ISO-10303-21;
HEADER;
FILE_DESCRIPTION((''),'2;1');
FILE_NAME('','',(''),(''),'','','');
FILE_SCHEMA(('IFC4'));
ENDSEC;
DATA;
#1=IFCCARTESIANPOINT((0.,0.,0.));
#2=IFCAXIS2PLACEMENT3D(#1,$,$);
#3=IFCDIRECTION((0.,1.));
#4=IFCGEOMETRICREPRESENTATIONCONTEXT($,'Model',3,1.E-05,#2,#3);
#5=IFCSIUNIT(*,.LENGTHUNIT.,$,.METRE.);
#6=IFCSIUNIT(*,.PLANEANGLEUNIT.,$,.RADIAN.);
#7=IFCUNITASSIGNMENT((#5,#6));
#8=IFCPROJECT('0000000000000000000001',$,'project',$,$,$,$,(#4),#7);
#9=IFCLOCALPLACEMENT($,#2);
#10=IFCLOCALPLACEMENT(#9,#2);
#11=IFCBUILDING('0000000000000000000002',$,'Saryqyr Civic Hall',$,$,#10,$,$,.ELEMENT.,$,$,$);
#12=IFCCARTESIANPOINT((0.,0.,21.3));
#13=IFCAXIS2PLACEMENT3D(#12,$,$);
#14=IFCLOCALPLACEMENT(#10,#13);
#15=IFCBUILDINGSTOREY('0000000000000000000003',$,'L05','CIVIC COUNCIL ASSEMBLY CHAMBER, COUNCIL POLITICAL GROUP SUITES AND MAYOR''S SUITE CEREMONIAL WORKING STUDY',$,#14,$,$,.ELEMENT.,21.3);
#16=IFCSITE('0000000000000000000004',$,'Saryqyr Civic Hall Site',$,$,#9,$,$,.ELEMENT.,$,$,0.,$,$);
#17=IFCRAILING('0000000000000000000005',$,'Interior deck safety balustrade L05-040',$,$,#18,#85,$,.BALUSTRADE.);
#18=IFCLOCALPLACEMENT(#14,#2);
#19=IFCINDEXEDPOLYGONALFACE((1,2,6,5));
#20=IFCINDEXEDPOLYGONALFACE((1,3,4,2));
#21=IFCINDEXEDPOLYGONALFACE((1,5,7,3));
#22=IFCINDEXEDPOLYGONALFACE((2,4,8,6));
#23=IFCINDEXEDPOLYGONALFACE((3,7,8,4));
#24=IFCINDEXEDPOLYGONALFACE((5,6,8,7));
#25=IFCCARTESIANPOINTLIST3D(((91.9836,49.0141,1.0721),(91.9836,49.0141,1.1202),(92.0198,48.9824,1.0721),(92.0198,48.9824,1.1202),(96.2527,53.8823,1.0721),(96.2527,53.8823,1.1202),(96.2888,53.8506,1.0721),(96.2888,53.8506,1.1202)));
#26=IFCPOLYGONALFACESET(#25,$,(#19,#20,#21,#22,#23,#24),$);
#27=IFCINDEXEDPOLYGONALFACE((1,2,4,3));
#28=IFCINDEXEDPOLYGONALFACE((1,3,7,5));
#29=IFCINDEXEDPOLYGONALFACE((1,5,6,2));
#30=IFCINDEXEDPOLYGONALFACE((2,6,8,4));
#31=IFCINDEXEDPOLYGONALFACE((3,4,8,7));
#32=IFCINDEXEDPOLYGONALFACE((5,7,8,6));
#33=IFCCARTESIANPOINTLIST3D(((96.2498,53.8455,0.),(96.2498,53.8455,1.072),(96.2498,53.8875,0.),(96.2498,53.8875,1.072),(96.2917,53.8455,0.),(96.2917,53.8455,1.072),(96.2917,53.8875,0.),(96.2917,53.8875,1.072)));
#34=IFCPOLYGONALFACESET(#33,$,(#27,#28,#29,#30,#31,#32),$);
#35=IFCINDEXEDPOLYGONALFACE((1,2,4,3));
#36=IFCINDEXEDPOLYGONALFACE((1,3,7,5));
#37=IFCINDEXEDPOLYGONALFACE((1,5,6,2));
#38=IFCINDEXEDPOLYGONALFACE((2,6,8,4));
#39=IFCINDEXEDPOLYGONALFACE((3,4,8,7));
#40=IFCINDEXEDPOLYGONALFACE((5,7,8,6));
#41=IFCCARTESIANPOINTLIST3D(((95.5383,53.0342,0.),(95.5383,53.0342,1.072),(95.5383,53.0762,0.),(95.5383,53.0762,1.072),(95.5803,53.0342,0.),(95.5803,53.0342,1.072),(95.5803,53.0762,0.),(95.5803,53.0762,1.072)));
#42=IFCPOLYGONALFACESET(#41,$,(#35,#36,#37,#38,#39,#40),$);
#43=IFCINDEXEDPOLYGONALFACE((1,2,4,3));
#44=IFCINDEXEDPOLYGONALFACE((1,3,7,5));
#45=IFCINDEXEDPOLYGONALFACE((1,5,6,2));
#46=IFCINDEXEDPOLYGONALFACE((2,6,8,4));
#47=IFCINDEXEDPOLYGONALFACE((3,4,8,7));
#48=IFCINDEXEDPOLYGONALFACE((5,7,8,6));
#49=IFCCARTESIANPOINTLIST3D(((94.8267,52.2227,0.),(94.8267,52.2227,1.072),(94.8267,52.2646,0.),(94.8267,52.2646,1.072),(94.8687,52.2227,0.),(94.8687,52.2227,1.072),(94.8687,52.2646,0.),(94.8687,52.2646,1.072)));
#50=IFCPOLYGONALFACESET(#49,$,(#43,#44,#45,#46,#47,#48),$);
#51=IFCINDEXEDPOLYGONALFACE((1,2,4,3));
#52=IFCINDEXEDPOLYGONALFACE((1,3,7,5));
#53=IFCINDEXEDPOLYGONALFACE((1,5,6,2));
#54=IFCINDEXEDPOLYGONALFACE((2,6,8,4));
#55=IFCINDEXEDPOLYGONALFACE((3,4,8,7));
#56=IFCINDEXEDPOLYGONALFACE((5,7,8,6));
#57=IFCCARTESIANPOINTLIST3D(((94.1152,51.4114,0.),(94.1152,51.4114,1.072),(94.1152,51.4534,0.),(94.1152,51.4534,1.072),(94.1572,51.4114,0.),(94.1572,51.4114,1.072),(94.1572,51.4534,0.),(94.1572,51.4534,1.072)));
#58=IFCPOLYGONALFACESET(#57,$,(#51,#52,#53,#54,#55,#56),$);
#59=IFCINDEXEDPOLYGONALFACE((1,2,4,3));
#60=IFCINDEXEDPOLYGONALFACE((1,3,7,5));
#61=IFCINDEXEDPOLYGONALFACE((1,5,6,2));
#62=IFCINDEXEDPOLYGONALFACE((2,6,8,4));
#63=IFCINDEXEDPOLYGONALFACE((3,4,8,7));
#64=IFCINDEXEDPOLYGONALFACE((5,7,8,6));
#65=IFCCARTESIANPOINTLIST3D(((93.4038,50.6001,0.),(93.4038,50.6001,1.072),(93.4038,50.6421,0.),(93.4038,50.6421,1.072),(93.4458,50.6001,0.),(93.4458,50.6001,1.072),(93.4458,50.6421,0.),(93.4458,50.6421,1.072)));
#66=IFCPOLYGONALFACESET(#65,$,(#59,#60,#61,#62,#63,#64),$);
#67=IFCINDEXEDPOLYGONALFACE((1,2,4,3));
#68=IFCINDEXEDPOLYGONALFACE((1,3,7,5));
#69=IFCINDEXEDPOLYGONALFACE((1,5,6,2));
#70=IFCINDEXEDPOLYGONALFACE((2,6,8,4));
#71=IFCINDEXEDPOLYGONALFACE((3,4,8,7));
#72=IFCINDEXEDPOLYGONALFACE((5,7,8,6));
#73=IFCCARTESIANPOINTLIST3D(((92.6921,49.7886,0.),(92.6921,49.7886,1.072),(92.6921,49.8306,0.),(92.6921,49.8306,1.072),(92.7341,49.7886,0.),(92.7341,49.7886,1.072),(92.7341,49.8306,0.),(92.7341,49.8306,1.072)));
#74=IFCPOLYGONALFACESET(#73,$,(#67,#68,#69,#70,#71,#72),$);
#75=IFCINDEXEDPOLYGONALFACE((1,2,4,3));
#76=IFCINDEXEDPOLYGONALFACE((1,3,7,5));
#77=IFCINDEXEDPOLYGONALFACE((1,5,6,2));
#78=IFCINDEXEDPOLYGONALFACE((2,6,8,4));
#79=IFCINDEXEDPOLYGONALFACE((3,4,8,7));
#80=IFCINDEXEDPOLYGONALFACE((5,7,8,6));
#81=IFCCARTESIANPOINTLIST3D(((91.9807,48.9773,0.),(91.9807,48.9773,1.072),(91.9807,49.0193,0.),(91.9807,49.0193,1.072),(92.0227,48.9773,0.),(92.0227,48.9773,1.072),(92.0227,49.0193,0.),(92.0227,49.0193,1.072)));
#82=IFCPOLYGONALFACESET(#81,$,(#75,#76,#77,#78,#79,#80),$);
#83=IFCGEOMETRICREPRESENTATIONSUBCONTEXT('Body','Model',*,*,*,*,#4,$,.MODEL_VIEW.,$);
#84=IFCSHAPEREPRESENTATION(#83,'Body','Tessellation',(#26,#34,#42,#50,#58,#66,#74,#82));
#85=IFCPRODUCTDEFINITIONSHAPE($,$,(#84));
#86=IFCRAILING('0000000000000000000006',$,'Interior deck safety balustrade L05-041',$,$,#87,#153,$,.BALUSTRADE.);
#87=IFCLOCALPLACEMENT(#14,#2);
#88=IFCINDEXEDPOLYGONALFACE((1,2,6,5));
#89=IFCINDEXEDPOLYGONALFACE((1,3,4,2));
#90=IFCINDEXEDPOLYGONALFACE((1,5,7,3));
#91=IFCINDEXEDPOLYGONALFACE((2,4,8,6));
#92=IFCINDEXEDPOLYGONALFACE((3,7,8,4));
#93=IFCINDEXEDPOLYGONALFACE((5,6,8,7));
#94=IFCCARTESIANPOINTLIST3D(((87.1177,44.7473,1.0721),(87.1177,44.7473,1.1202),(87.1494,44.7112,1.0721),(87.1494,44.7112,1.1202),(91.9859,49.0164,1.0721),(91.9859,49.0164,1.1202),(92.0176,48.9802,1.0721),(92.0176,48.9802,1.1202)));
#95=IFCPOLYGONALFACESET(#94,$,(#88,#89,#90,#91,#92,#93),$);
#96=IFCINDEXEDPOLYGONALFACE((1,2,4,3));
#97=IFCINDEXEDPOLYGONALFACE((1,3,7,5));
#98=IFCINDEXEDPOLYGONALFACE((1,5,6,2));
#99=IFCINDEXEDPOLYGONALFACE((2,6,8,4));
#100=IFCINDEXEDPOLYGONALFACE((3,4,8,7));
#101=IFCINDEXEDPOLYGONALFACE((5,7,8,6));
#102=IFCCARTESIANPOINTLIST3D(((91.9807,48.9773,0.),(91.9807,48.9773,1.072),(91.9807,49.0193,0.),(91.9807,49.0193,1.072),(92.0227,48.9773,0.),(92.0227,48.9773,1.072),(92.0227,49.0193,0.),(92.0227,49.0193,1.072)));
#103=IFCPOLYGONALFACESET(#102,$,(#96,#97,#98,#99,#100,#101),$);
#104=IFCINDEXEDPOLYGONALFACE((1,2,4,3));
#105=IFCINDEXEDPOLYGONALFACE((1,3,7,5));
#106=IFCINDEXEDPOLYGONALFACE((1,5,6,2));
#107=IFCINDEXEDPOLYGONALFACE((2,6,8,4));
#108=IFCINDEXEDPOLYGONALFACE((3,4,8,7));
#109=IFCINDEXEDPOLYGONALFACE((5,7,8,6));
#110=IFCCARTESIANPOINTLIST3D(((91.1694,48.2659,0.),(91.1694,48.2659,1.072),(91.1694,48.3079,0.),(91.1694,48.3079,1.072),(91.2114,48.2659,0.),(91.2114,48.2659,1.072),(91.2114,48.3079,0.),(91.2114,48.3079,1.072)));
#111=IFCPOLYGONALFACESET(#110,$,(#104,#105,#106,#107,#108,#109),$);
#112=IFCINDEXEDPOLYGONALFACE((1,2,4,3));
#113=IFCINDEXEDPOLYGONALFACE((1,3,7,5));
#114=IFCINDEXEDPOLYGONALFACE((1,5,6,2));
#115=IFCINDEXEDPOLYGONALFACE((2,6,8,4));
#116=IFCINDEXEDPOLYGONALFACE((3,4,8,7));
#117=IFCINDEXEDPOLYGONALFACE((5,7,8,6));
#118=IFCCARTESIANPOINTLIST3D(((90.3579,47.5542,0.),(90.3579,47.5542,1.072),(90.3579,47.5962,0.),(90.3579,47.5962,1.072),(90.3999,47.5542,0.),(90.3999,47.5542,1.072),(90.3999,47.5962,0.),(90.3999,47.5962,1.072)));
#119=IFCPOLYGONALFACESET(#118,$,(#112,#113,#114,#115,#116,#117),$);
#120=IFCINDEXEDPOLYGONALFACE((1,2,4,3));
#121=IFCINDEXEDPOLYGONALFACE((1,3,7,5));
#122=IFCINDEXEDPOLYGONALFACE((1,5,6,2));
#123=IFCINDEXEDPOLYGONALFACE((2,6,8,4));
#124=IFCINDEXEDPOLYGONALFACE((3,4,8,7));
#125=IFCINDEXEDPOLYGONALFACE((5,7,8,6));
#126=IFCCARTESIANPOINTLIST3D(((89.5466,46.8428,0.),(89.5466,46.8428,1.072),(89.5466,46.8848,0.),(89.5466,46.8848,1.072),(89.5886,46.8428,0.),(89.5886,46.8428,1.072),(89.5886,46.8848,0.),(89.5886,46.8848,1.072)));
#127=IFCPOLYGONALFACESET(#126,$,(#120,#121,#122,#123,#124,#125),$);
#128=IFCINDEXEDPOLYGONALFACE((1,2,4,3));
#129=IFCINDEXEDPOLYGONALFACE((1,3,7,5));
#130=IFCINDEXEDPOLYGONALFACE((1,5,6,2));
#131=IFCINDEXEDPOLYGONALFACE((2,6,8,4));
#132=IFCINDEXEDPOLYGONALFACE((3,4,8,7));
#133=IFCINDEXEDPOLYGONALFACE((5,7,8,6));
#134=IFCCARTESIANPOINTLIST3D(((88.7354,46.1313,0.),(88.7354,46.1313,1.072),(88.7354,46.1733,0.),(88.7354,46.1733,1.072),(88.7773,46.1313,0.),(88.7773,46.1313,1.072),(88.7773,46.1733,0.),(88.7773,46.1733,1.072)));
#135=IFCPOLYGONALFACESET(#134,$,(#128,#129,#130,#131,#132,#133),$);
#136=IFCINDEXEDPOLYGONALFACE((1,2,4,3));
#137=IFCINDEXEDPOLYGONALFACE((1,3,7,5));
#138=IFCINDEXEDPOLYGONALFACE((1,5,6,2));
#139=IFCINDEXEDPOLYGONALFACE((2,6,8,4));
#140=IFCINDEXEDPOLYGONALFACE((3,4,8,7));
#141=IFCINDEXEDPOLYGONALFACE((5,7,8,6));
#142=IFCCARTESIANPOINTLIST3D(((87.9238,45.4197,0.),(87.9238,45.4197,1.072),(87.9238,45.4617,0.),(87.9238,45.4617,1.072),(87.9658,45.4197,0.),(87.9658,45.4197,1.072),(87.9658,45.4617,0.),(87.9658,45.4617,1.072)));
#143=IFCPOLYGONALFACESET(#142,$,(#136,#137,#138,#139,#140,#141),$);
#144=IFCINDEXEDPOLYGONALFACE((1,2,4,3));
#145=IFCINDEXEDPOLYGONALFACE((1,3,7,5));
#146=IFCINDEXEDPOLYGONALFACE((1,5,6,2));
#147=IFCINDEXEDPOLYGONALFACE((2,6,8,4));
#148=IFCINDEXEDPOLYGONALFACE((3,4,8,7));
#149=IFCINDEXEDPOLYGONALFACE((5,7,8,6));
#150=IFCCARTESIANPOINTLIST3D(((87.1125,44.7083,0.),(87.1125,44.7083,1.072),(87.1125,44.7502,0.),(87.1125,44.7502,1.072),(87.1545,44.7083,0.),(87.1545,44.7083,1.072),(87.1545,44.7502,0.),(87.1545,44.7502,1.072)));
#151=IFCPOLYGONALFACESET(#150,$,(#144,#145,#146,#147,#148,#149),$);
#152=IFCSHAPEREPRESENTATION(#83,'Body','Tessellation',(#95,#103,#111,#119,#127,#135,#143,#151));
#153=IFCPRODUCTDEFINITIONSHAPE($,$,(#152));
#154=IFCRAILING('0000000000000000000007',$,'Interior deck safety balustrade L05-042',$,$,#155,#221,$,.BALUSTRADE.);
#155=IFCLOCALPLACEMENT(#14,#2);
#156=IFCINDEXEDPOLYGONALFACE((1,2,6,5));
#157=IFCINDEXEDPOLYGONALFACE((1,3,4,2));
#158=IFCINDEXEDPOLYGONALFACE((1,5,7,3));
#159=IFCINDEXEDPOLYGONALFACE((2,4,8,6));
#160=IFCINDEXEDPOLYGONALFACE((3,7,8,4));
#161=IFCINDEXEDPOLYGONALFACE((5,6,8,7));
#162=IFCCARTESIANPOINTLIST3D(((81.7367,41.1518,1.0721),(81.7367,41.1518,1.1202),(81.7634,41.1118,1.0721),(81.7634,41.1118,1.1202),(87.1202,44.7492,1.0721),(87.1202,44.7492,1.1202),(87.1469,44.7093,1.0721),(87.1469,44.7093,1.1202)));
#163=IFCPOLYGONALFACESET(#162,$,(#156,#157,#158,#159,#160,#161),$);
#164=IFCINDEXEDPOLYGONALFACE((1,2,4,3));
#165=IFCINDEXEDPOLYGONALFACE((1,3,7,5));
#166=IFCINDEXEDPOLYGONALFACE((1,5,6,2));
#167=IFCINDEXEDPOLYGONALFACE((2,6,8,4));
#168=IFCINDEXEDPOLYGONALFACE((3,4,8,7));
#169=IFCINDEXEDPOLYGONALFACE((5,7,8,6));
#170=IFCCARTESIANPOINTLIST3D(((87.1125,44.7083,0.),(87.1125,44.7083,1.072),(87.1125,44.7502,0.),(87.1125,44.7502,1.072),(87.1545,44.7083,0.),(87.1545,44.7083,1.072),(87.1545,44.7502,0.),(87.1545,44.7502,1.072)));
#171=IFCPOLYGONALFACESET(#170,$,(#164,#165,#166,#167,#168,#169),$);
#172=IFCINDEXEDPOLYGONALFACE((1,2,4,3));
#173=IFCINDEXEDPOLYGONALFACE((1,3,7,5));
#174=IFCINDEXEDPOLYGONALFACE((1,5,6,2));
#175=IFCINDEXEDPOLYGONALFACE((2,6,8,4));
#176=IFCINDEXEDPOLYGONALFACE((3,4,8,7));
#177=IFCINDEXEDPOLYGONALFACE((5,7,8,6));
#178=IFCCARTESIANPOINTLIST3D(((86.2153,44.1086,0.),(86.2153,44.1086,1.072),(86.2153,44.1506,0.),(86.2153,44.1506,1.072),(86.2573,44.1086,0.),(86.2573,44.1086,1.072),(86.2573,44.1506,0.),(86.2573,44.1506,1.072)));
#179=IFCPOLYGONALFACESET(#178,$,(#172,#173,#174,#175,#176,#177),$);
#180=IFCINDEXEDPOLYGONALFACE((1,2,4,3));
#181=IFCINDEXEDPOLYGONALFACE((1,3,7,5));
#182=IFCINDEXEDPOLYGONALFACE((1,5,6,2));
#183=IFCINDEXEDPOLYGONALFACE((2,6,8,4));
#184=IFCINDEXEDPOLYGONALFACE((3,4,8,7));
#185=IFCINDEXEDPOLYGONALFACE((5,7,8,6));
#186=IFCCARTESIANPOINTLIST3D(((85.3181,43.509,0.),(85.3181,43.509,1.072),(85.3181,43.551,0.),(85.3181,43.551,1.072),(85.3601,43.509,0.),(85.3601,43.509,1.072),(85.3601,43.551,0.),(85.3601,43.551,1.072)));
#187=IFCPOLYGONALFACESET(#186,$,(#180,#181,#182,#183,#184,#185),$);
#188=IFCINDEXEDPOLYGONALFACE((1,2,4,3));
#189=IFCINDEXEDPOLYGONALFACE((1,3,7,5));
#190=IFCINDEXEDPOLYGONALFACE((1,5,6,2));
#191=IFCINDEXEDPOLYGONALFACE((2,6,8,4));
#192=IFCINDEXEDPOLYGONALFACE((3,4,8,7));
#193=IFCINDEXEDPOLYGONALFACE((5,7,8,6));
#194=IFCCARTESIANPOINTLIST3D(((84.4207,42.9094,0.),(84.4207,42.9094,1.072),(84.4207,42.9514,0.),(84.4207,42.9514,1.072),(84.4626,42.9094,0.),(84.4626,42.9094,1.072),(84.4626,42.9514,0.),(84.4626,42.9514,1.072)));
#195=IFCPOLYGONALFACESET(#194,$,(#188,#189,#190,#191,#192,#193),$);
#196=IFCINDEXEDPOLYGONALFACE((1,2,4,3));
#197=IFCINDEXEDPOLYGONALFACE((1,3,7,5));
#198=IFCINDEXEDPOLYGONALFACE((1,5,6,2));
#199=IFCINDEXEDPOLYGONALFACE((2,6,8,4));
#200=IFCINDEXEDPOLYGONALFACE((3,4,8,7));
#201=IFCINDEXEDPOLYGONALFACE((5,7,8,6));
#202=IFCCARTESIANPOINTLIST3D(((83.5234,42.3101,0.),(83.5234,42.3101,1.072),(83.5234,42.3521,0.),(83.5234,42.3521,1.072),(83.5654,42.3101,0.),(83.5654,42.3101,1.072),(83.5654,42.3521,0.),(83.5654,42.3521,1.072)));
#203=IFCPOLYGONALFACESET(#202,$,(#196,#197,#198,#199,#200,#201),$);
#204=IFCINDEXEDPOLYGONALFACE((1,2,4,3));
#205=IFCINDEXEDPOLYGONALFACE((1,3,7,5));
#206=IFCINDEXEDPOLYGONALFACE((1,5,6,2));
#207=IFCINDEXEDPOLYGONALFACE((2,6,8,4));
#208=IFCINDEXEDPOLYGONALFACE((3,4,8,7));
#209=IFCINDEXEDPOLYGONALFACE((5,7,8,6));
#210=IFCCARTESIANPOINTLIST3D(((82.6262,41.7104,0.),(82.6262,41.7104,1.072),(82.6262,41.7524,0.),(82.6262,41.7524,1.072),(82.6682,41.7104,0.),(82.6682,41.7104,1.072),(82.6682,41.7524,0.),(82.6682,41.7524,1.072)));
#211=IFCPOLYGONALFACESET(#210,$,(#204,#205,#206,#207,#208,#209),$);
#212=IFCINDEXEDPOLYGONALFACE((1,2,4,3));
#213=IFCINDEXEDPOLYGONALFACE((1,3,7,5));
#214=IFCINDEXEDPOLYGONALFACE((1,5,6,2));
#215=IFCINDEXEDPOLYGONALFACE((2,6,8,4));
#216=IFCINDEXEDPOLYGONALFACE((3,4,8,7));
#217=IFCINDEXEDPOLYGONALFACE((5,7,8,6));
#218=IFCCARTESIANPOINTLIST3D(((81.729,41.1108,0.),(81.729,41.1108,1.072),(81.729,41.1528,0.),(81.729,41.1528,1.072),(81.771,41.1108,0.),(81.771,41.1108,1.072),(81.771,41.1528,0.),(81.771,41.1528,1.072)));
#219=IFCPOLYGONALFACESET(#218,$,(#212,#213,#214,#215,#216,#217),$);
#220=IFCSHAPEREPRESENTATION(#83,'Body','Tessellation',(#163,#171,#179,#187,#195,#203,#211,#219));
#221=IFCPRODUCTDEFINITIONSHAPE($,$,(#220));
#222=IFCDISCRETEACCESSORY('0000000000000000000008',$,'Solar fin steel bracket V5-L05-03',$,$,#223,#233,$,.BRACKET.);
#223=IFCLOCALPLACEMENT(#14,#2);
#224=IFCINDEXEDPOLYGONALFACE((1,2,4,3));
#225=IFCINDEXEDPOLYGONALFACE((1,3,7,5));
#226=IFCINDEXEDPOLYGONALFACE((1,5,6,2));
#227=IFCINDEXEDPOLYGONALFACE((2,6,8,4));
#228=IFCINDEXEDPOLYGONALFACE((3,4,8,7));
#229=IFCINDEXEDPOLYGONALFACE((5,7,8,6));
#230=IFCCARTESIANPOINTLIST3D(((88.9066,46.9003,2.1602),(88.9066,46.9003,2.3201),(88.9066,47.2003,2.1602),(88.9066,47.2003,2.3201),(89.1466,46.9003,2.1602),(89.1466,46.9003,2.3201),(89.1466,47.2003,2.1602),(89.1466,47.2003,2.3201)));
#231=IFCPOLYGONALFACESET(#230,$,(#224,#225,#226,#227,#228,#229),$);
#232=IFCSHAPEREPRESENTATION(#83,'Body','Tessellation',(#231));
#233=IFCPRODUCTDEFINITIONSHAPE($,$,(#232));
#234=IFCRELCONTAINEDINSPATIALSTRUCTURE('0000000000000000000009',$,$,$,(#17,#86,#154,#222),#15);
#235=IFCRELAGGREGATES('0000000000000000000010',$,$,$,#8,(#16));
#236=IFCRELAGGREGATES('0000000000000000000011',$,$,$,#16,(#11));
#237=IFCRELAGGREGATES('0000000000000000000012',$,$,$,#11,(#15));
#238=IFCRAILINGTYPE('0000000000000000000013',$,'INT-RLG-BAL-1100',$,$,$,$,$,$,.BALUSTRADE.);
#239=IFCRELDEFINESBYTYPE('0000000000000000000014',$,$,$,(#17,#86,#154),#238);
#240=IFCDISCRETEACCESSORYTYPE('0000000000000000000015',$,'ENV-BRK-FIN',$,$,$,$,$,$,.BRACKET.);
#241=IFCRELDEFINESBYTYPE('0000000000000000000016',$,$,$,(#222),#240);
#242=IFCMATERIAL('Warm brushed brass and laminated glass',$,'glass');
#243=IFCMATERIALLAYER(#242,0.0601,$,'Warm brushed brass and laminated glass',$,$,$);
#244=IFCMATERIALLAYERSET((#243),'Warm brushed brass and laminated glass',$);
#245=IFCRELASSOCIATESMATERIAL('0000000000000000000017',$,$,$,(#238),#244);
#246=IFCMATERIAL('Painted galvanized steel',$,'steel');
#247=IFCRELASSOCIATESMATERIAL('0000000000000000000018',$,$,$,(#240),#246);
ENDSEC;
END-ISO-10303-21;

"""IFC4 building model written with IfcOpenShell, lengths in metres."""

from ifc_helpers import new_model, si_unit, direction, frame, origin, origin_2d, place, context, subcontext, project, spatial, rectangle, extrude, material, layer, layer_set, type_object, element, save


model = new_model("IFC4")

# Units and contexts
model_context = context("Model", 3, precision=1e-05, world=origin(), true_north=direction((0.0, 1.0)))
body_context = subcontext(model_context, "Body", "Model", "MODEL_VIEW")
ifc_project = project(units=[si_unit("LENGTHUNIT", "METRE"), si_unit("PLANEANGLEUNIT", "RADIAN")], contexts=[model_context])

# Site, building, storey
site_placement = place(None, origin())
site = spatial("IfcSite", under=ifc_project, at=site_placement, Name="Saryqyr Civic Hall Site", CompositionType="ELEMENT", RefElevation=0.0)
building_placement = place(site_placement, origin())
building = spatial("IfcBuilding", under=site, at=building_placement, Name="Saryqyr Civic Hall", CompositionType="ELEMENT")
storey_placement = place(building_placement, frame((0.0, 0.0, 21.3)))
storey = spatial("IfcBuildingStorey", under=building, at=storey_placement, Name="L05", Description="CIVIC COUNCIL ASSEMBLY CHAMBER, COUNCIL POLITICAL GROUP SUITES AND MAYOR'S SUITE CEREMONIAL WORKING STUDY", CompositionType="ELEMENT", Elevation=21.3)

# Railings
ifc_material_1 = material(Name="Warm brushed brass and laminated glass", Category="glass")
ifc_layer_1 = layer(ifc_material_1, 0.0601, Name="Warm brushed brass and laminated glass")
ifc_layer_set_1 = layer_set([ifc_layer_1], Name="Warm brushed brass and laminated glass")
railing_type = type_object("IfcRailingType", Name="INT-RLG-BAL-1100", PredefinedType="BALUSTRADE", material=ifc_layer_set_1)
railing_1_placement = place(storey_placement, frame((96.2708, 53.8665, 0.0)))
element("IfcRailing", 1, at=railing_1_placement, inside=storey, type_object=railing_type, Name="Interior deck safety balustrade L05-040", PredefinedType="BALUSTRADE", context=body_context, shape_type="SweptSolid", body=[
    extrude(rectangle(XDim=0.0481, YDim=0.0481, at=origin_2d()), frame((0.0, 0.0, 1.0962), z_axis=(-0.659326, -0.751857, 0.0), x_axis=(0.751857, -0.659326, 0.0)), (0.0, 0.0, 1.0), 6.4749),
    extrude(rectangle(XDim=0.042, YDim=0.042, at=origin_2d()), origin(), (0.0, 0.0, 1.0), 1.072),
    extrude(rectangle(XDim=0.042, YDim=0.042, at=origin_2d()), frame((-0.7114, -0.8113, 0.0)), (0.0, 0.0, 1.0), 1.072),
    extrude(rectangle(XDim=0.042, YDim=0.042, at=origin_2d()), frame((-1.4231, -1.6228, 0.0)), (0.0, 0.0, 1.0), 1.072),
    extrude(rectangle(XDim=0.042, YDim=0.042, at=origin_2d()), frame((-2.1345, -2.4341, 0.0)), (0.0, 0.0, 1.0), 1.072),
    extrude(rectangle(XDim=0.042, YDim=0.042, at=origin_2d()), frame((-2.8459, -3.2454, 0.0)), (0.0, 0.0, 1.0), 1.072),
    extrude(rectangle(XDim=0.042, YDim=0.042, at=origin_2d()), frame((-3.5576, -4.0569, 0.0)), (0.0, 0.0, 1.0), 1.072),
    extrude(rectangle(XDim=0.042, YDim=0.042, at=origin_2d()), frame((-4.269, -4.8682, 0.0)), (0.0, 0.0, 1.0), 1.072),
])
railing_2_placement = place(storey_placement, frame((92.0017, 48.9983, 0.0)))
element("IfcRailing", 2, at=railing_2_placement, inside=storey, type_object=railing_type, Name="Interior deck safety balustrade L05-041", PredefinedType="BALUSTRADE", context=body_context, shape_type="SweptSolid", body=[
    extrude(rectangle(XDim=0.0481, YDim=0.0481, at=origin_2d()), frame((0.0, 0.0, 1.0962), z_axis=(-0.751857, -0.659326, 0.0), x_axis=(0.659326, -0.751857, 0.0)), (0.0, 0.0, 1.0), 6.4749),
    extrude(rectangle(XDim=0.042, YDim=0.042, at=origin_2d()), origin(), (0.0, 0.0, 1.0), 1.072),
    extrude(rectangle(XDim=0.042, YDim=0.042, at=origin_2d()), frame((-0.8113, -0.7114, 0.0)), (0.0, 0.0, 1.0), 1.072),
    extrude(rectangle(XDim=0.042, YDim=0.042, at=origin_2d()), frame((-1.6228, -1.4231, 0.0)), (0.0, 0.0, 1.0), 1.072),
    extrude(rectangle(XDim=0.042, YDim=0.042, at=origin_2d()), frame((-2.4341, -2.1345, 0.0)), (0.0, 0.0, 1.0), 1.072),
    extrude(rectangle(XDim=0.042, YDim=0.042, at=origin_2d()), frame((-3.2454, -2.8459, 0.0)), (0.0, 0.0, 1.0), 1.072),
    extrude(rectangle(XDim=0.042, YDim=0.042, at=origin_2d()), frame((-4.0569, -3.5576, 0.0)), (0.0, 0.0, 1.0), 1.072),
    extrude(rectangle(XDim=0.042, YDim=0.042, at=origin_2d()), frame((-4.8682, -4.269, 0.0)), (0.0, 0.0, 1.0), 1.072),
])
railing_3_placement = place(storey_placement, frame((87.1335, 44.7292, 0.0)))
element("IfcRailing", 3, at=railing_3_placement, inside=storey, type_object=railing_type, Name="Interior deck safety balustrade L05-042", PredefinedType="BALUSTRADE", context=body_context, shape_type="SweptSolid", body=[
    extrude(rectangle(XDim=0.0481, YDim=0.0481, at=origin_2d()), frame((0.0, 0.0, 1.0962), z_axis=(-0.831452, -0.555596, 0.0), x_axis=(0.555596, -0.831452, 0.0)), (0.0, 0.0, 1.0), 6.4749),
    extrude(rectangle(XDim=0.042, YDim=0.042, at=origin_2d()), origin(), (0.0, 0.0, 1.0), 1.072),
    extrude(rectangle(XDim=0.042, YDim=0.042, at=origin_2d()), frame((-0.8972, -0.5996, 0.0)), (0.0, 0.0, 1.0), 1.072),
    extrude(rectangle(XDim=0.042, YDim=0.042, at=origin_2d()), frame((-1.7944, -1.1992, 0.0)), (0.0, 0.0, 1.0), 1.072),
    extrude(rectangle(XDim=0.042, YDim=0.042, at=origin_2d()), frame((-2.6919, -1.7988, 0.0)), (0.0, 0.0, 1.0), 1.072),
    extrude(rectangle(XDim=0.042, YDim=0.042, at=origin_2d()), frame((-3.5891, -2.3982, 0.0)), (0.0, 0.0, 1.0), 1.072),
    extrude(rectangle(XDim=0.042, YDim=0.042, at=origin_2d()), frame((-4.4863, -2.9978, 0.0)), (0.0, 0.0, 1.0), 1.072),
    extrude(rectangle(XDim=0.042, YDim=0.042, at=origin_2d()), frame((-5.3835, -3.5974, 0.0)), (0.0, 0.0, 1.0), 1.072),
])

# Discrete accessory
ifc_material_2 = material(Name="Painted galvanized steel", Category="steel")
discrete_accessory_type = type_object("IfcDiscreteAccessoryType", Name="ENV-BRK-FIN", PredefinedType="BRACKET", material=ifc_material_2)
for number, where, z_axis, x_axis, name in (
    (4, (89.0266, 47.0503, 2.1602), (0.0, 0.0, 1.0), (1.0, 0.0, 0.0), "Solar fin steel bracket V5-L05-03"),
):
    element("IfcDiscreteAccessory", number, at=place(storey_placement, frame(where, z_axis=z_axis, x_axis=x_axis)), inside=storey, type_object=discrete_accessory_type, Name=name, PredefinedType="BRACKET", context=body_context, shape_type="SweptSolid", body=[
        extrude(rectangle(XDim=0.24, YDim=0.3, at=origin_2d()), origin(), (0.0, 0.0, 1.0), 0.1599),
    ])

save(model, "model.ifc")
